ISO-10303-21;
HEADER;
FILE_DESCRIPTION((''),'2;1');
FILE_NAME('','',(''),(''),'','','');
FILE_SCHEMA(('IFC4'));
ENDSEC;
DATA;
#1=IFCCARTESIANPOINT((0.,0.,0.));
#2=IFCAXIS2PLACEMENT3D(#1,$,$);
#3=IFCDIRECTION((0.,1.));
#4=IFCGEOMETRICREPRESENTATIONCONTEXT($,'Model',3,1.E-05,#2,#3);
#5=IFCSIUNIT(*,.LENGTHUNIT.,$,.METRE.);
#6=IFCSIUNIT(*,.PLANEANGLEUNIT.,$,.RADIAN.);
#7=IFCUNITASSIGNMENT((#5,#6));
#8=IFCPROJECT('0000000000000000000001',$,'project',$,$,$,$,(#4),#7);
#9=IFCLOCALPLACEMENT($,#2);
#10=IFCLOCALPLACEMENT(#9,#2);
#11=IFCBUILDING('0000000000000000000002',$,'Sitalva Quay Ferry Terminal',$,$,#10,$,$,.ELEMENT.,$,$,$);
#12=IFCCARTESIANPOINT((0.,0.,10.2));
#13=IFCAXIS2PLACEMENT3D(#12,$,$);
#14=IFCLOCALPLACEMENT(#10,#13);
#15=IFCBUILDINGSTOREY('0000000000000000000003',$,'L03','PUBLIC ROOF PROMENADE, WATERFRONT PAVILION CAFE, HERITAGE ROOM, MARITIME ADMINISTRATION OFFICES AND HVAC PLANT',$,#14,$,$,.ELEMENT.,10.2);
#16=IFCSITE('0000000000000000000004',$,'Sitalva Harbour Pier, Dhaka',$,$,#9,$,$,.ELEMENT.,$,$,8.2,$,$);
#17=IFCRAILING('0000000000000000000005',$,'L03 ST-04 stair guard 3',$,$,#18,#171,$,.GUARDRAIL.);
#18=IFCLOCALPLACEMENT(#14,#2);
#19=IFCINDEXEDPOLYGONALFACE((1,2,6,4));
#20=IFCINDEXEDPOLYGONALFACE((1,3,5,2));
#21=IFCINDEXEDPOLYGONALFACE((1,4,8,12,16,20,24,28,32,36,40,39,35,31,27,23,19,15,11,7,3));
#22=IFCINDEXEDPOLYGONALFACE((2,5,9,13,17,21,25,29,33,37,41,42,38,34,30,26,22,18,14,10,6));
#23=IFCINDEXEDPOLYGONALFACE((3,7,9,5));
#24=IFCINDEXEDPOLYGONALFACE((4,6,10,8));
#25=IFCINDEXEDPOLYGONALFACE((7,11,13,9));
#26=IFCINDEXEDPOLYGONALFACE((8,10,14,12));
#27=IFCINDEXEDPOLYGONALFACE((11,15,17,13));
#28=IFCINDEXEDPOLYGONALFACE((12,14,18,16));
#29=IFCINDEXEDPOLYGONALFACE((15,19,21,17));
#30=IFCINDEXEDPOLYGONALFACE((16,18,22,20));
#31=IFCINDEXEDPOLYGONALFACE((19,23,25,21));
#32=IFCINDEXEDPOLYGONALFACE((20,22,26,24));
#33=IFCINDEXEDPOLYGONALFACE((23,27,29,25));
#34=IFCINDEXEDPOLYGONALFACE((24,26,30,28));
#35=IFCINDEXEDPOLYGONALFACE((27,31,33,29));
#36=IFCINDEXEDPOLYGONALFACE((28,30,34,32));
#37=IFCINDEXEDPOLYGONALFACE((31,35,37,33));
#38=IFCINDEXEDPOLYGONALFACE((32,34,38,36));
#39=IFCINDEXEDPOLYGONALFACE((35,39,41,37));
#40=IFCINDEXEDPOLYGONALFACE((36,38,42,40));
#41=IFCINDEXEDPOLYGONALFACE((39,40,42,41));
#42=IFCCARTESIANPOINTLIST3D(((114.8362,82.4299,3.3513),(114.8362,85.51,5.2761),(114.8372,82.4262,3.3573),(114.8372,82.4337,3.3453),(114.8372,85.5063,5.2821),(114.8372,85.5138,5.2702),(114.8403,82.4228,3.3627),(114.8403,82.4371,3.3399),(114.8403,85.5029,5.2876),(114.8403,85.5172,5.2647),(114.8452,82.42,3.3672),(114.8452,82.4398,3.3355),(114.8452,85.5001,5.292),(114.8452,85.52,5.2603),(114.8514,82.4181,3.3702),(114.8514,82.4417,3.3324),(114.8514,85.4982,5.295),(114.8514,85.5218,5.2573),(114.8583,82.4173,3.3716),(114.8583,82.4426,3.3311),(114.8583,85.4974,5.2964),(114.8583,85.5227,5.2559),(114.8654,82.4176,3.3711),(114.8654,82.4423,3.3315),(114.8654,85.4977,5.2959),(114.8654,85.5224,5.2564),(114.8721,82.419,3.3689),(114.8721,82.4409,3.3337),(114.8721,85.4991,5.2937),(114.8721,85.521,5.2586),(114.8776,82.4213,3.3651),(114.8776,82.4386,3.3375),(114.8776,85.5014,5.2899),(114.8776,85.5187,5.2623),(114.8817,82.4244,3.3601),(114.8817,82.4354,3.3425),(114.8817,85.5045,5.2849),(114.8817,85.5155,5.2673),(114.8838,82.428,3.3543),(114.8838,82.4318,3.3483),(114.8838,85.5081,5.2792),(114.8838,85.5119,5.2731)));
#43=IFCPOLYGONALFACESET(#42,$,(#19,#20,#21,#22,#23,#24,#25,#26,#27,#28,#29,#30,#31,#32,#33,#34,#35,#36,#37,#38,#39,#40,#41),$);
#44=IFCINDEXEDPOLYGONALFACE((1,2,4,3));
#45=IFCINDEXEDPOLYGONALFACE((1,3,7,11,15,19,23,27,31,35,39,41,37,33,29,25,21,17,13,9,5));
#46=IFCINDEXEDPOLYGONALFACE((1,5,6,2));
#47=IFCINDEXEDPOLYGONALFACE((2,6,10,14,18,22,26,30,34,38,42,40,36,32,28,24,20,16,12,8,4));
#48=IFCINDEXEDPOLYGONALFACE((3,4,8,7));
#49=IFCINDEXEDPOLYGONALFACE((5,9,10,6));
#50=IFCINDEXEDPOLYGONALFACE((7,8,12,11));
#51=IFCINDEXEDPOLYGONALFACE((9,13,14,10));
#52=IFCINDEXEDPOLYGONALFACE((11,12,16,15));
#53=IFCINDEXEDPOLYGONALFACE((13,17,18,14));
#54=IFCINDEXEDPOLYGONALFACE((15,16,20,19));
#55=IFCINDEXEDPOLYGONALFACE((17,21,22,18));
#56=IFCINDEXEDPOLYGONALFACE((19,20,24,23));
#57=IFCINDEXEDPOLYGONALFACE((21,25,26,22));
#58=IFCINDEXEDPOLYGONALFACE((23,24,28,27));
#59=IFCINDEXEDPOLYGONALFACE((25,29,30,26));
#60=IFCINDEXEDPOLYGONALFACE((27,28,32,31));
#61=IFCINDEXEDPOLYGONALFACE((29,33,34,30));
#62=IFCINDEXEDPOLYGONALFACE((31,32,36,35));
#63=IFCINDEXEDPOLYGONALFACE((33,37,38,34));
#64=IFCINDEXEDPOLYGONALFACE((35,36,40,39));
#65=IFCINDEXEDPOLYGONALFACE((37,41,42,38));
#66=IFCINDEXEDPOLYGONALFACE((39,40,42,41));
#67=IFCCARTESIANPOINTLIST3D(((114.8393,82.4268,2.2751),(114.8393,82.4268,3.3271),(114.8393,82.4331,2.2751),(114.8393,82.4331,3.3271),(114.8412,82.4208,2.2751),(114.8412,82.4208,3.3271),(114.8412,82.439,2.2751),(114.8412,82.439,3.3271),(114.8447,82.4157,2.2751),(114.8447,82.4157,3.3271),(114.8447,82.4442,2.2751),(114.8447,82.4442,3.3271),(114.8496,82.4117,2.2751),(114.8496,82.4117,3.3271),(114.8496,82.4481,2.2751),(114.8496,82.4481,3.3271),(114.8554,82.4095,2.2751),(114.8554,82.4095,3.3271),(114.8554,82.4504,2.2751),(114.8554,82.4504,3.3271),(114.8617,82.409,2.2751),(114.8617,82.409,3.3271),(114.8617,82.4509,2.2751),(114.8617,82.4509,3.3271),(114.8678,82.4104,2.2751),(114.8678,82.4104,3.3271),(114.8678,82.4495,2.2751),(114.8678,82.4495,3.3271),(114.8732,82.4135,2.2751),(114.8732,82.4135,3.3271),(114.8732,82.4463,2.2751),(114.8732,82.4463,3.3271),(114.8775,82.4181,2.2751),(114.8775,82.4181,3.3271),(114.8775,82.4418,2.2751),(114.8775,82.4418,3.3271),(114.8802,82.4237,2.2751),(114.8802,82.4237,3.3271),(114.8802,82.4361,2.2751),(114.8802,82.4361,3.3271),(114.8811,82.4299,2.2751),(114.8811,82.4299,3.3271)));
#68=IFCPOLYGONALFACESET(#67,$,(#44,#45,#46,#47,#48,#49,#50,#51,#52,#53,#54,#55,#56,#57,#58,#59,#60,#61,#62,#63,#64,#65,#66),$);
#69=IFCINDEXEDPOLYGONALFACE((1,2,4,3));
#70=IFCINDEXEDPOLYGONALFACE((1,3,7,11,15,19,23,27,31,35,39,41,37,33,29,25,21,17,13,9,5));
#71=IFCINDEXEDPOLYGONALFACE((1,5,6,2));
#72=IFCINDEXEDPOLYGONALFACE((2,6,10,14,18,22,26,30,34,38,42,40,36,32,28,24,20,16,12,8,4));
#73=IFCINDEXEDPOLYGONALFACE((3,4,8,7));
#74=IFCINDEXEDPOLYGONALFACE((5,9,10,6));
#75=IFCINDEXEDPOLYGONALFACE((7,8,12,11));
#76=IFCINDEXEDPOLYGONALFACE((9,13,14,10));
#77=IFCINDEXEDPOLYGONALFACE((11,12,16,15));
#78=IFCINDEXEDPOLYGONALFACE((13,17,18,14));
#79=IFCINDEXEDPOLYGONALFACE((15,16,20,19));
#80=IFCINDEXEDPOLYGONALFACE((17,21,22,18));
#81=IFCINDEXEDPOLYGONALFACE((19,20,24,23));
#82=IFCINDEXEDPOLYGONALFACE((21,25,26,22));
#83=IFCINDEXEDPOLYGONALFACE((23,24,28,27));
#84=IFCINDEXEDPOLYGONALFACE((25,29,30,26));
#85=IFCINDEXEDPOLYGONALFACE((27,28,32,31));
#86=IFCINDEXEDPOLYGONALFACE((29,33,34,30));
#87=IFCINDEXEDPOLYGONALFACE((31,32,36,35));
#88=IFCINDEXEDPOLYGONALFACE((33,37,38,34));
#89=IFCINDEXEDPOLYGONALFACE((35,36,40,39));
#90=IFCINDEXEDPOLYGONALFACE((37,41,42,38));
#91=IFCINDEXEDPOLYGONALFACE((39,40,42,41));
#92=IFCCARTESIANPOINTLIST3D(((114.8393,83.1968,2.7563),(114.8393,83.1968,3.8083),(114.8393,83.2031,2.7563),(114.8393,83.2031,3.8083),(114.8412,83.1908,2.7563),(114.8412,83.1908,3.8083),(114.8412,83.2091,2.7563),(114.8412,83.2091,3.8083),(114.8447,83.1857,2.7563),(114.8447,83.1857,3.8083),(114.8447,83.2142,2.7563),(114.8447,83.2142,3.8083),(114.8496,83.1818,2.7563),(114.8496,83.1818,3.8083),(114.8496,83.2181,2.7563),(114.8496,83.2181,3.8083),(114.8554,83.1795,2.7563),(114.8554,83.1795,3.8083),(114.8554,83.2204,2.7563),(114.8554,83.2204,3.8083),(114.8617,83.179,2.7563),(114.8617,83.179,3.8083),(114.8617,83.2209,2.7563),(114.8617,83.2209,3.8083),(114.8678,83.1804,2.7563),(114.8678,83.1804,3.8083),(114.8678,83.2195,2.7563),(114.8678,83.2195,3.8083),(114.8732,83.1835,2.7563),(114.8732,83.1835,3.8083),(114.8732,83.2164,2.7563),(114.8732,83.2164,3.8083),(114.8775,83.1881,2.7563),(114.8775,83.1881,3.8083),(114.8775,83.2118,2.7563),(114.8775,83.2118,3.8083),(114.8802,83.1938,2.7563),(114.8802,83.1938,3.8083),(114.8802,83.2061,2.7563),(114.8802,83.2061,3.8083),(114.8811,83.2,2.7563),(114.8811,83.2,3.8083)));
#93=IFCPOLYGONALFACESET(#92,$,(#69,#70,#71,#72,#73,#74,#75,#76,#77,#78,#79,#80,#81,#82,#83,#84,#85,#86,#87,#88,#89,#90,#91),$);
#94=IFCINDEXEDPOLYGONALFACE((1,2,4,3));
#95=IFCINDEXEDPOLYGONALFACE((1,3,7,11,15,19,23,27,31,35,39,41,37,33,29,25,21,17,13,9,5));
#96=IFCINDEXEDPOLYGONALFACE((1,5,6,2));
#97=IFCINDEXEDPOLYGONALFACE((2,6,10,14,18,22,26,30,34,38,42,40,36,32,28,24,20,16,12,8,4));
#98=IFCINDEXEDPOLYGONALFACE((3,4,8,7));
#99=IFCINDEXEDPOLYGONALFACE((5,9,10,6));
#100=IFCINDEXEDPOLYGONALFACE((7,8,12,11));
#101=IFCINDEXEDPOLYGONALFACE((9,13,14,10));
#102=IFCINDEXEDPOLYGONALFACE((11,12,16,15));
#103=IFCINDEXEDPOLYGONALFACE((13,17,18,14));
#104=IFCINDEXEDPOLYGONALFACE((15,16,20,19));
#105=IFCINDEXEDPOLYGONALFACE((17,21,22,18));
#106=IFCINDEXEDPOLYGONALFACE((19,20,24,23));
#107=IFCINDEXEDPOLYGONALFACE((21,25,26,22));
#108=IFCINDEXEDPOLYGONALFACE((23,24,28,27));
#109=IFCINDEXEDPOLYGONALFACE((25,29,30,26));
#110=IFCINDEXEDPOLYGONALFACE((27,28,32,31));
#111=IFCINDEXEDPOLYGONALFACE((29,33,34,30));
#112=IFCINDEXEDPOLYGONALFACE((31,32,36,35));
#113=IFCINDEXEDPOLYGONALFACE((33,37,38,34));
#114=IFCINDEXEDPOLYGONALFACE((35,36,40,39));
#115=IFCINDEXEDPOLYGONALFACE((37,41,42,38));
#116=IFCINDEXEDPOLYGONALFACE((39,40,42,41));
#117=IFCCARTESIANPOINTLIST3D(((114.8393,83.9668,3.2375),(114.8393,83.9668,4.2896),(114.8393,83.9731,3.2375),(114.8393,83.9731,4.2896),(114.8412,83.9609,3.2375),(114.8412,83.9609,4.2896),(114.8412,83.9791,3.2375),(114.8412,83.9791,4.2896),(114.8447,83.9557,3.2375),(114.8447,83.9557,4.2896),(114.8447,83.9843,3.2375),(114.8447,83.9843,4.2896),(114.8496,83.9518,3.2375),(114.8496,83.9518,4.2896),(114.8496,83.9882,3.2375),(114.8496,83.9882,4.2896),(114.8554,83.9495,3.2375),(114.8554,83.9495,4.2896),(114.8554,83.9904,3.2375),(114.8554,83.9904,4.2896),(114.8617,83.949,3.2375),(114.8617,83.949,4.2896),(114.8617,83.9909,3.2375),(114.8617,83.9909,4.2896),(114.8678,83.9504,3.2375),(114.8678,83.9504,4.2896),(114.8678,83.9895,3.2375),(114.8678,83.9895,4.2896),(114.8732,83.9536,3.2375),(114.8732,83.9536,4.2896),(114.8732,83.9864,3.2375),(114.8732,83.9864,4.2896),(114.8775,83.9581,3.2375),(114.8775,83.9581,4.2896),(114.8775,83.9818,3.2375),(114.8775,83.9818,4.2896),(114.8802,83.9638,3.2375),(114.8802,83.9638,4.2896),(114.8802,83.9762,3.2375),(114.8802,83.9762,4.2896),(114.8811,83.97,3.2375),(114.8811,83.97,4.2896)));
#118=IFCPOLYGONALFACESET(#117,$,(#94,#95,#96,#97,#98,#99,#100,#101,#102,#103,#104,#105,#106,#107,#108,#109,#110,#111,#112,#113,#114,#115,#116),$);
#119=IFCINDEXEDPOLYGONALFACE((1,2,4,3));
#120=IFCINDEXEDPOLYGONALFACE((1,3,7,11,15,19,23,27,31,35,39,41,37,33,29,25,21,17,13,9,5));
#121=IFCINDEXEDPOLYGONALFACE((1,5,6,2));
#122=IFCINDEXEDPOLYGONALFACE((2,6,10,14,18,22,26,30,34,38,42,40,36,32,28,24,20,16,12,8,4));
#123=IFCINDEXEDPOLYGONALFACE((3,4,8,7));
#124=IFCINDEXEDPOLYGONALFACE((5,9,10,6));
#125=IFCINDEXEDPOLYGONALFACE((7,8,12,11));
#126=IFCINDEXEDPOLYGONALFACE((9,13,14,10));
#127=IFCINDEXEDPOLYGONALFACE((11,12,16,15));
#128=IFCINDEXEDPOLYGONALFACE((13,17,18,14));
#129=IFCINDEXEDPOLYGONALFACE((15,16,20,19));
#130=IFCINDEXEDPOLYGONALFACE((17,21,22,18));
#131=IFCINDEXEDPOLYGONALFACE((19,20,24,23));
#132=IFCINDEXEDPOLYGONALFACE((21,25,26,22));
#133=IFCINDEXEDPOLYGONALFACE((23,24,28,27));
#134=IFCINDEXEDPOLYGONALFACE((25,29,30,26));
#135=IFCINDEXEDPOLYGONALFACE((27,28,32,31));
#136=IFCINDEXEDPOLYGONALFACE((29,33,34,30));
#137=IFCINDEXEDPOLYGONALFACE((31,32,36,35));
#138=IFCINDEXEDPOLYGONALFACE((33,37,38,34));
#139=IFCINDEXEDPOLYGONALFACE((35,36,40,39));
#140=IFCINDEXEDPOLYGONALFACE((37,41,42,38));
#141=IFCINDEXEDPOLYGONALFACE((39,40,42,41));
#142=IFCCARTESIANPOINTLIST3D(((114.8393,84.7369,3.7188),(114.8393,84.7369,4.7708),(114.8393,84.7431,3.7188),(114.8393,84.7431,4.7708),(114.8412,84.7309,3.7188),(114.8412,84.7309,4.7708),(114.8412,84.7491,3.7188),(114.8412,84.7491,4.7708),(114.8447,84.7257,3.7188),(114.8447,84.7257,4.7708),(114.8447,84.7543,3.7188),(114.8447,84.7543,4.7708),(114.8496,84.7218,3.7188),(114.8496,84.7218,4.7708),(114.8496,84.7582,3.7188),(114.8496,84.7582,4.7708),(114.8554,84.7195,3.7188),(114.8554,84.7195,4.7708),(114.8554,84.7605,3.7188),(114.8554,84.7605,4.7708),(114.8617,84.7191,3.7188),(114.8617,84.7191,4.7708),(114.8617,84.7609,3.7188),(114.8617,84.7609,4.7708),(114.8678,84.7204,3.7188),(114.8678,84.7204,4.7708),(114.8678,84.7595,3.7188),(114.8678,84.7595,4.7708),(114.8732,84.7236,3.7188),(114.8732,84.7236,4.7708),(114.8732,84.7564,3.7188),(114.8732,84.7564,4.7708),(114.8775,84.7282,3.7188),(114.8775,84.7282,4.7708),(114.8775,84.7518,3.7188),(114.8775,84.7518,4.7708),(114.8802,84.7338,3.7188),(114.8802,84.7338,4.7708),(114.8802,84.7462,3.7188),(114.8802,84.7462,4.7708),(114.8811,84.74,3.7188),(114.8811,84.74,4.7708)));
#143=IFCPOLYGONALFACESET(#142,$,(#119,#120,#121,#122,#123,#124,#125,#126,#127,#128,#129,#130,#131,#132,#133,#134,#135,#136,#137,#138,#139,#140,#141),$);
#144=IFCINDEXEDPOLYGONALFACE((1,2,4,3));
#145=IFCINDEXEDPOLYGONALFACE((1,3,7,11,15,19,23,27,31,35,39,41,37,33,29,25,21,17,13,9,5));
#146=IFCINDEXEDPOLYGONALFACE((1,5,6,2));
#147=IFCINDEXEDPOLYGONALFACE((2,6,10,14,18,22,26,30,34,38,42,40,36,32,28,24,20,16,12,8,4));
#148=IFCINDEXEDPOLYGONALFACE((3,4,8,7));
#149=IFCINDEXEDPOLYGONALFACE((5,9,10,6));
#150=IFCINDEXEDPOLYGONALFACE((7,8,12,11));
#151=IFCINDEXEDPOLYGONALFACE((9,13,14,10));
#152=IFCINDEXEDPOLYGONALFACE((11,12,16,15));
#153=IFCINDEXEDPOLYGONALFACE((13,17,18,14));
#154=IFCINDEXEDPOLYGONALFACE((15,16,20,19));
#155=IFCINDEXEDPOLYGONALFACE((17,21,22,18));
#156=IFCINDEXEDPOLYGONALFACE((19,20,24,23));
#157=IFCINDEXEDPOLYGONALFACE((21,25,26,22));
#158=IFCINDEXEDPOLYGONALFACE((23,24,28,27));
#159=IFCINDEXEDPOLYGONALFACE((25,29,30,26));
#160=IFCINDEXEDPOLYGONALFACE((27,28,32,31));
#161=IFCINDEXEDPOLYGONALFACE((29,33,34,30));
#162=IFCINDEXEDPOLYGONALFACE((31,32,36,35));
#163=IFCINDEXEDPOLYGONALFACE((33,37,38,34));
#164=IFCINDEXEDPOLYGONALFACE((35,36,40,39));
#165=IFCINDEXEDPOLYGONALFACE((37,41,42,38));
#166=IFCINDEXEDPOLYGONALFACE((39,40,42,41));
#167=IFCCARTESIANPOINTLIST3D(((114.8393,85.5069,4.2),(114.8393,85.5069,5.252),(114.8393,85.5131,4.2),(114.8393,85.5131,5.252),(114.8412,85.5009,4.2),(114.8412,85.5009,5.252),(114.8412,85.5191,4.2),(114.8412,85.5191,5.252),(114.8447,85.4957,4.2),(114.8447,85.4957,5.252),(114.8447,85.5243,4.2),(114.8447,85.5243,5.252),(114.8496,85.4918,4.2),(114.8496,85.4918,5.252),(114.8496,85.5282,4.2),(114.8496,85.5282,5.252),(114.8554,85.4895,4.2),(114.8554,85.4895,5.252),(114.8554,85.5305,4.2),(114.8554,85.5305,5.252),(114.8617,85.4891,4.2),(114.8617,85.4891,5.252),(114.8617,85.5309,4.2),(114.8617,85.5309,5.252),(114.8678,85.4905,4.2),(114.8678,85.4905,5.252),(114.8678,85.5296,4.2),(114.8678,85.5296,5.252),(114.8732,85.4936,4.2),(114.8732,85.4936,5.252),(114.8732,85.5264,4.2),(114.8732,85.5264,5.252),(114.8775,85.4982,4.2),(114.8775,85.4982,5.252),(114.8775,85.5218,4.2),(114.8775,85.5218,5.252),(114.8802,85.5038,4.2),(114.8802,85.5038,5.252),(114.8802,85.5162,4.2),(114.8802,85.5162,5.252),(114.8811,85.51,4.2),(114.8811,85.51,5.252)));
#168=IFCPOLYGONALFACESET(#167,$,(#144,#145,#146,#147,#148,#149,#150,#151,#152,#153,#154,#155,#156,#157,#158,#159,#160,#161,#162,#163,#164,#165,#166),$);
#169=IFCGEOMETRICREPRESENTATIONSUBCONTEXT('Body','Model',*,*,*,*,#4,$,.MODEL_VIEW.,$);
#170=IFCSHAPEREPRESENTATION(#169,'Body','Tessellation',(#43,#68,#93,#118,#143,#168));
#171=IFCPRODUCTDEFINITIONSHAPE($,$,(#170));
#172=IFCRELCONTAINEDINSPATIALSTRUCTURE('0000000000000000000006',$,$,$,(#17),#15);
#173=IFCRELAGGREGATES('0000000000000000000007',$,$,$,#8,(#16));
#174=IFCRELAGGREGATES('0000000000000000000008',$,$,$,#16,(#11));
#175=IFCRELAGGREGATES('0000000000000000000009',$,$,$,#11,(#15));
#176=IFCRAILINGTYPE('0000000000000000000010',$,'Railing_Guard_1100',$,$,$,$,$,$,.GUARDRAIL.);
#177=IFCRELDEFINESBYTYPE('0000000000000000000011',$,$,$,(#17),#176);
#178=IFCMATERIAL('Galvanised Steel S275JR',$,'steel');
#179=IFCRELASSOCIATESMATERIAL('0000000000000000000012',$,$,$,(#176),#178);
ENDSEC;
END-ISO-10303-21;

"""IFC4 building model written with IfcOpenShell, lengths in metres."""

from ifc_helpers import new_model, si_unit, direction, frame, origin, origin_2d, place, context, subcontext, project, spatial, circle, extrude, material, type_object, element, save


model = new_model("IFC4")

# Units and contexts
model_context = context("Model", 3, precision=1e-05, world=origin(), true_north=direction((0.0, 1.0)))
body_context = subcontext(model_context, "Body", "Model", "MODEL_VIEW")
ifc_project = project(units=[si_unit("LENGTHUNIT", "METRE"), si_unit("PLANEANGLEUNIT", "RADIAN")], contexts=[model_context])

# Site, building, storey
site_placement = place(None, origin())
site = spatial("IfcSite", under=ifc_project, at=site_placement, Name="Sitalva Harbour Pier, Dhaka", CompositionType="ELEMENT", RefElevation=8.2)
building_placement = place(site_placement, origin())
building = spatial("IfcBuilding", under=site, at=building_placement, Name="Sitalva Quay Ferry Terminal", CompositionType="ELEMENT")
storey_placement = place(building_placement, frame((0.0, 0.0, 10.2)))
storey = spatial("IfcBuildingStorey", under=building, at=storey_placement, Name="L03", Description="PUBLIC ROOF PROMENADE, WATERFRONT PAVILION CAFE, HERITAGE ROOM, MARITIME ADMINISTRATION OFFICES AND HVAC PLANT", CompositionType="ELEMENT", Elevation=10.2)

# Railing
ifc_material_1 = material(Name="Galvanised Steel S275JR", Category="steel")
railing_type_1 = type_object("IfcRailingType", Name="Railing_Guard_1100", PredefinedType="GUARDRAIL", material=ifc_material_1)
railing_1_placement = place(storey_placement, frame((114.8601, 82.4299, 2.2751)))
element("IfcRailing", 1, at=railing_1_placement, inside=storey, type_object=railing_type_1, Name="L03 ST-04 stair guard 3", PredefinedType="GUARDRAIL", context=body_context, shape_type="SweptSolid", body=[
    extrude(circle(Radius=0.0239, at=origin_2d()), frame((0.0, 0.0, 1.0762), z_axis=(0.0, 0.848029, 0.529951), x_axis=(-1.0, 0.0, 0.0)), (0.0, 0.0, 1.0), 3.6321),
    extrude(circle(Radius=0.021, at=origin_2d()), origin(), (0.0, 0.0, 1.0), 1.052),
    extrude(circle(Radius=0.021, at=origin_2d()), frame((0.0, 0.77, 0.4812)), (0.0, 0.0, 1.0), 1.052),
    extrude(circle(Radius=0.021, at=origin_2d()), frame((0.0, 1.54, 0.9624)), (0.0, 0.0, 1.0), 1.052),
    extrude(circle(Radius=0.021, at=origin_2d()), frame((0.0, 2.3101, 1.4436)), (0.0, 0.0, 1.0), 1.052),
    extrude(circle(Radius=0.021, at=origin_2d()), frame((0.0, 3.0801, 1.9248)), (0.0, 0.0, 1.0), 1.052),
])

save(model, "model.ifc")
